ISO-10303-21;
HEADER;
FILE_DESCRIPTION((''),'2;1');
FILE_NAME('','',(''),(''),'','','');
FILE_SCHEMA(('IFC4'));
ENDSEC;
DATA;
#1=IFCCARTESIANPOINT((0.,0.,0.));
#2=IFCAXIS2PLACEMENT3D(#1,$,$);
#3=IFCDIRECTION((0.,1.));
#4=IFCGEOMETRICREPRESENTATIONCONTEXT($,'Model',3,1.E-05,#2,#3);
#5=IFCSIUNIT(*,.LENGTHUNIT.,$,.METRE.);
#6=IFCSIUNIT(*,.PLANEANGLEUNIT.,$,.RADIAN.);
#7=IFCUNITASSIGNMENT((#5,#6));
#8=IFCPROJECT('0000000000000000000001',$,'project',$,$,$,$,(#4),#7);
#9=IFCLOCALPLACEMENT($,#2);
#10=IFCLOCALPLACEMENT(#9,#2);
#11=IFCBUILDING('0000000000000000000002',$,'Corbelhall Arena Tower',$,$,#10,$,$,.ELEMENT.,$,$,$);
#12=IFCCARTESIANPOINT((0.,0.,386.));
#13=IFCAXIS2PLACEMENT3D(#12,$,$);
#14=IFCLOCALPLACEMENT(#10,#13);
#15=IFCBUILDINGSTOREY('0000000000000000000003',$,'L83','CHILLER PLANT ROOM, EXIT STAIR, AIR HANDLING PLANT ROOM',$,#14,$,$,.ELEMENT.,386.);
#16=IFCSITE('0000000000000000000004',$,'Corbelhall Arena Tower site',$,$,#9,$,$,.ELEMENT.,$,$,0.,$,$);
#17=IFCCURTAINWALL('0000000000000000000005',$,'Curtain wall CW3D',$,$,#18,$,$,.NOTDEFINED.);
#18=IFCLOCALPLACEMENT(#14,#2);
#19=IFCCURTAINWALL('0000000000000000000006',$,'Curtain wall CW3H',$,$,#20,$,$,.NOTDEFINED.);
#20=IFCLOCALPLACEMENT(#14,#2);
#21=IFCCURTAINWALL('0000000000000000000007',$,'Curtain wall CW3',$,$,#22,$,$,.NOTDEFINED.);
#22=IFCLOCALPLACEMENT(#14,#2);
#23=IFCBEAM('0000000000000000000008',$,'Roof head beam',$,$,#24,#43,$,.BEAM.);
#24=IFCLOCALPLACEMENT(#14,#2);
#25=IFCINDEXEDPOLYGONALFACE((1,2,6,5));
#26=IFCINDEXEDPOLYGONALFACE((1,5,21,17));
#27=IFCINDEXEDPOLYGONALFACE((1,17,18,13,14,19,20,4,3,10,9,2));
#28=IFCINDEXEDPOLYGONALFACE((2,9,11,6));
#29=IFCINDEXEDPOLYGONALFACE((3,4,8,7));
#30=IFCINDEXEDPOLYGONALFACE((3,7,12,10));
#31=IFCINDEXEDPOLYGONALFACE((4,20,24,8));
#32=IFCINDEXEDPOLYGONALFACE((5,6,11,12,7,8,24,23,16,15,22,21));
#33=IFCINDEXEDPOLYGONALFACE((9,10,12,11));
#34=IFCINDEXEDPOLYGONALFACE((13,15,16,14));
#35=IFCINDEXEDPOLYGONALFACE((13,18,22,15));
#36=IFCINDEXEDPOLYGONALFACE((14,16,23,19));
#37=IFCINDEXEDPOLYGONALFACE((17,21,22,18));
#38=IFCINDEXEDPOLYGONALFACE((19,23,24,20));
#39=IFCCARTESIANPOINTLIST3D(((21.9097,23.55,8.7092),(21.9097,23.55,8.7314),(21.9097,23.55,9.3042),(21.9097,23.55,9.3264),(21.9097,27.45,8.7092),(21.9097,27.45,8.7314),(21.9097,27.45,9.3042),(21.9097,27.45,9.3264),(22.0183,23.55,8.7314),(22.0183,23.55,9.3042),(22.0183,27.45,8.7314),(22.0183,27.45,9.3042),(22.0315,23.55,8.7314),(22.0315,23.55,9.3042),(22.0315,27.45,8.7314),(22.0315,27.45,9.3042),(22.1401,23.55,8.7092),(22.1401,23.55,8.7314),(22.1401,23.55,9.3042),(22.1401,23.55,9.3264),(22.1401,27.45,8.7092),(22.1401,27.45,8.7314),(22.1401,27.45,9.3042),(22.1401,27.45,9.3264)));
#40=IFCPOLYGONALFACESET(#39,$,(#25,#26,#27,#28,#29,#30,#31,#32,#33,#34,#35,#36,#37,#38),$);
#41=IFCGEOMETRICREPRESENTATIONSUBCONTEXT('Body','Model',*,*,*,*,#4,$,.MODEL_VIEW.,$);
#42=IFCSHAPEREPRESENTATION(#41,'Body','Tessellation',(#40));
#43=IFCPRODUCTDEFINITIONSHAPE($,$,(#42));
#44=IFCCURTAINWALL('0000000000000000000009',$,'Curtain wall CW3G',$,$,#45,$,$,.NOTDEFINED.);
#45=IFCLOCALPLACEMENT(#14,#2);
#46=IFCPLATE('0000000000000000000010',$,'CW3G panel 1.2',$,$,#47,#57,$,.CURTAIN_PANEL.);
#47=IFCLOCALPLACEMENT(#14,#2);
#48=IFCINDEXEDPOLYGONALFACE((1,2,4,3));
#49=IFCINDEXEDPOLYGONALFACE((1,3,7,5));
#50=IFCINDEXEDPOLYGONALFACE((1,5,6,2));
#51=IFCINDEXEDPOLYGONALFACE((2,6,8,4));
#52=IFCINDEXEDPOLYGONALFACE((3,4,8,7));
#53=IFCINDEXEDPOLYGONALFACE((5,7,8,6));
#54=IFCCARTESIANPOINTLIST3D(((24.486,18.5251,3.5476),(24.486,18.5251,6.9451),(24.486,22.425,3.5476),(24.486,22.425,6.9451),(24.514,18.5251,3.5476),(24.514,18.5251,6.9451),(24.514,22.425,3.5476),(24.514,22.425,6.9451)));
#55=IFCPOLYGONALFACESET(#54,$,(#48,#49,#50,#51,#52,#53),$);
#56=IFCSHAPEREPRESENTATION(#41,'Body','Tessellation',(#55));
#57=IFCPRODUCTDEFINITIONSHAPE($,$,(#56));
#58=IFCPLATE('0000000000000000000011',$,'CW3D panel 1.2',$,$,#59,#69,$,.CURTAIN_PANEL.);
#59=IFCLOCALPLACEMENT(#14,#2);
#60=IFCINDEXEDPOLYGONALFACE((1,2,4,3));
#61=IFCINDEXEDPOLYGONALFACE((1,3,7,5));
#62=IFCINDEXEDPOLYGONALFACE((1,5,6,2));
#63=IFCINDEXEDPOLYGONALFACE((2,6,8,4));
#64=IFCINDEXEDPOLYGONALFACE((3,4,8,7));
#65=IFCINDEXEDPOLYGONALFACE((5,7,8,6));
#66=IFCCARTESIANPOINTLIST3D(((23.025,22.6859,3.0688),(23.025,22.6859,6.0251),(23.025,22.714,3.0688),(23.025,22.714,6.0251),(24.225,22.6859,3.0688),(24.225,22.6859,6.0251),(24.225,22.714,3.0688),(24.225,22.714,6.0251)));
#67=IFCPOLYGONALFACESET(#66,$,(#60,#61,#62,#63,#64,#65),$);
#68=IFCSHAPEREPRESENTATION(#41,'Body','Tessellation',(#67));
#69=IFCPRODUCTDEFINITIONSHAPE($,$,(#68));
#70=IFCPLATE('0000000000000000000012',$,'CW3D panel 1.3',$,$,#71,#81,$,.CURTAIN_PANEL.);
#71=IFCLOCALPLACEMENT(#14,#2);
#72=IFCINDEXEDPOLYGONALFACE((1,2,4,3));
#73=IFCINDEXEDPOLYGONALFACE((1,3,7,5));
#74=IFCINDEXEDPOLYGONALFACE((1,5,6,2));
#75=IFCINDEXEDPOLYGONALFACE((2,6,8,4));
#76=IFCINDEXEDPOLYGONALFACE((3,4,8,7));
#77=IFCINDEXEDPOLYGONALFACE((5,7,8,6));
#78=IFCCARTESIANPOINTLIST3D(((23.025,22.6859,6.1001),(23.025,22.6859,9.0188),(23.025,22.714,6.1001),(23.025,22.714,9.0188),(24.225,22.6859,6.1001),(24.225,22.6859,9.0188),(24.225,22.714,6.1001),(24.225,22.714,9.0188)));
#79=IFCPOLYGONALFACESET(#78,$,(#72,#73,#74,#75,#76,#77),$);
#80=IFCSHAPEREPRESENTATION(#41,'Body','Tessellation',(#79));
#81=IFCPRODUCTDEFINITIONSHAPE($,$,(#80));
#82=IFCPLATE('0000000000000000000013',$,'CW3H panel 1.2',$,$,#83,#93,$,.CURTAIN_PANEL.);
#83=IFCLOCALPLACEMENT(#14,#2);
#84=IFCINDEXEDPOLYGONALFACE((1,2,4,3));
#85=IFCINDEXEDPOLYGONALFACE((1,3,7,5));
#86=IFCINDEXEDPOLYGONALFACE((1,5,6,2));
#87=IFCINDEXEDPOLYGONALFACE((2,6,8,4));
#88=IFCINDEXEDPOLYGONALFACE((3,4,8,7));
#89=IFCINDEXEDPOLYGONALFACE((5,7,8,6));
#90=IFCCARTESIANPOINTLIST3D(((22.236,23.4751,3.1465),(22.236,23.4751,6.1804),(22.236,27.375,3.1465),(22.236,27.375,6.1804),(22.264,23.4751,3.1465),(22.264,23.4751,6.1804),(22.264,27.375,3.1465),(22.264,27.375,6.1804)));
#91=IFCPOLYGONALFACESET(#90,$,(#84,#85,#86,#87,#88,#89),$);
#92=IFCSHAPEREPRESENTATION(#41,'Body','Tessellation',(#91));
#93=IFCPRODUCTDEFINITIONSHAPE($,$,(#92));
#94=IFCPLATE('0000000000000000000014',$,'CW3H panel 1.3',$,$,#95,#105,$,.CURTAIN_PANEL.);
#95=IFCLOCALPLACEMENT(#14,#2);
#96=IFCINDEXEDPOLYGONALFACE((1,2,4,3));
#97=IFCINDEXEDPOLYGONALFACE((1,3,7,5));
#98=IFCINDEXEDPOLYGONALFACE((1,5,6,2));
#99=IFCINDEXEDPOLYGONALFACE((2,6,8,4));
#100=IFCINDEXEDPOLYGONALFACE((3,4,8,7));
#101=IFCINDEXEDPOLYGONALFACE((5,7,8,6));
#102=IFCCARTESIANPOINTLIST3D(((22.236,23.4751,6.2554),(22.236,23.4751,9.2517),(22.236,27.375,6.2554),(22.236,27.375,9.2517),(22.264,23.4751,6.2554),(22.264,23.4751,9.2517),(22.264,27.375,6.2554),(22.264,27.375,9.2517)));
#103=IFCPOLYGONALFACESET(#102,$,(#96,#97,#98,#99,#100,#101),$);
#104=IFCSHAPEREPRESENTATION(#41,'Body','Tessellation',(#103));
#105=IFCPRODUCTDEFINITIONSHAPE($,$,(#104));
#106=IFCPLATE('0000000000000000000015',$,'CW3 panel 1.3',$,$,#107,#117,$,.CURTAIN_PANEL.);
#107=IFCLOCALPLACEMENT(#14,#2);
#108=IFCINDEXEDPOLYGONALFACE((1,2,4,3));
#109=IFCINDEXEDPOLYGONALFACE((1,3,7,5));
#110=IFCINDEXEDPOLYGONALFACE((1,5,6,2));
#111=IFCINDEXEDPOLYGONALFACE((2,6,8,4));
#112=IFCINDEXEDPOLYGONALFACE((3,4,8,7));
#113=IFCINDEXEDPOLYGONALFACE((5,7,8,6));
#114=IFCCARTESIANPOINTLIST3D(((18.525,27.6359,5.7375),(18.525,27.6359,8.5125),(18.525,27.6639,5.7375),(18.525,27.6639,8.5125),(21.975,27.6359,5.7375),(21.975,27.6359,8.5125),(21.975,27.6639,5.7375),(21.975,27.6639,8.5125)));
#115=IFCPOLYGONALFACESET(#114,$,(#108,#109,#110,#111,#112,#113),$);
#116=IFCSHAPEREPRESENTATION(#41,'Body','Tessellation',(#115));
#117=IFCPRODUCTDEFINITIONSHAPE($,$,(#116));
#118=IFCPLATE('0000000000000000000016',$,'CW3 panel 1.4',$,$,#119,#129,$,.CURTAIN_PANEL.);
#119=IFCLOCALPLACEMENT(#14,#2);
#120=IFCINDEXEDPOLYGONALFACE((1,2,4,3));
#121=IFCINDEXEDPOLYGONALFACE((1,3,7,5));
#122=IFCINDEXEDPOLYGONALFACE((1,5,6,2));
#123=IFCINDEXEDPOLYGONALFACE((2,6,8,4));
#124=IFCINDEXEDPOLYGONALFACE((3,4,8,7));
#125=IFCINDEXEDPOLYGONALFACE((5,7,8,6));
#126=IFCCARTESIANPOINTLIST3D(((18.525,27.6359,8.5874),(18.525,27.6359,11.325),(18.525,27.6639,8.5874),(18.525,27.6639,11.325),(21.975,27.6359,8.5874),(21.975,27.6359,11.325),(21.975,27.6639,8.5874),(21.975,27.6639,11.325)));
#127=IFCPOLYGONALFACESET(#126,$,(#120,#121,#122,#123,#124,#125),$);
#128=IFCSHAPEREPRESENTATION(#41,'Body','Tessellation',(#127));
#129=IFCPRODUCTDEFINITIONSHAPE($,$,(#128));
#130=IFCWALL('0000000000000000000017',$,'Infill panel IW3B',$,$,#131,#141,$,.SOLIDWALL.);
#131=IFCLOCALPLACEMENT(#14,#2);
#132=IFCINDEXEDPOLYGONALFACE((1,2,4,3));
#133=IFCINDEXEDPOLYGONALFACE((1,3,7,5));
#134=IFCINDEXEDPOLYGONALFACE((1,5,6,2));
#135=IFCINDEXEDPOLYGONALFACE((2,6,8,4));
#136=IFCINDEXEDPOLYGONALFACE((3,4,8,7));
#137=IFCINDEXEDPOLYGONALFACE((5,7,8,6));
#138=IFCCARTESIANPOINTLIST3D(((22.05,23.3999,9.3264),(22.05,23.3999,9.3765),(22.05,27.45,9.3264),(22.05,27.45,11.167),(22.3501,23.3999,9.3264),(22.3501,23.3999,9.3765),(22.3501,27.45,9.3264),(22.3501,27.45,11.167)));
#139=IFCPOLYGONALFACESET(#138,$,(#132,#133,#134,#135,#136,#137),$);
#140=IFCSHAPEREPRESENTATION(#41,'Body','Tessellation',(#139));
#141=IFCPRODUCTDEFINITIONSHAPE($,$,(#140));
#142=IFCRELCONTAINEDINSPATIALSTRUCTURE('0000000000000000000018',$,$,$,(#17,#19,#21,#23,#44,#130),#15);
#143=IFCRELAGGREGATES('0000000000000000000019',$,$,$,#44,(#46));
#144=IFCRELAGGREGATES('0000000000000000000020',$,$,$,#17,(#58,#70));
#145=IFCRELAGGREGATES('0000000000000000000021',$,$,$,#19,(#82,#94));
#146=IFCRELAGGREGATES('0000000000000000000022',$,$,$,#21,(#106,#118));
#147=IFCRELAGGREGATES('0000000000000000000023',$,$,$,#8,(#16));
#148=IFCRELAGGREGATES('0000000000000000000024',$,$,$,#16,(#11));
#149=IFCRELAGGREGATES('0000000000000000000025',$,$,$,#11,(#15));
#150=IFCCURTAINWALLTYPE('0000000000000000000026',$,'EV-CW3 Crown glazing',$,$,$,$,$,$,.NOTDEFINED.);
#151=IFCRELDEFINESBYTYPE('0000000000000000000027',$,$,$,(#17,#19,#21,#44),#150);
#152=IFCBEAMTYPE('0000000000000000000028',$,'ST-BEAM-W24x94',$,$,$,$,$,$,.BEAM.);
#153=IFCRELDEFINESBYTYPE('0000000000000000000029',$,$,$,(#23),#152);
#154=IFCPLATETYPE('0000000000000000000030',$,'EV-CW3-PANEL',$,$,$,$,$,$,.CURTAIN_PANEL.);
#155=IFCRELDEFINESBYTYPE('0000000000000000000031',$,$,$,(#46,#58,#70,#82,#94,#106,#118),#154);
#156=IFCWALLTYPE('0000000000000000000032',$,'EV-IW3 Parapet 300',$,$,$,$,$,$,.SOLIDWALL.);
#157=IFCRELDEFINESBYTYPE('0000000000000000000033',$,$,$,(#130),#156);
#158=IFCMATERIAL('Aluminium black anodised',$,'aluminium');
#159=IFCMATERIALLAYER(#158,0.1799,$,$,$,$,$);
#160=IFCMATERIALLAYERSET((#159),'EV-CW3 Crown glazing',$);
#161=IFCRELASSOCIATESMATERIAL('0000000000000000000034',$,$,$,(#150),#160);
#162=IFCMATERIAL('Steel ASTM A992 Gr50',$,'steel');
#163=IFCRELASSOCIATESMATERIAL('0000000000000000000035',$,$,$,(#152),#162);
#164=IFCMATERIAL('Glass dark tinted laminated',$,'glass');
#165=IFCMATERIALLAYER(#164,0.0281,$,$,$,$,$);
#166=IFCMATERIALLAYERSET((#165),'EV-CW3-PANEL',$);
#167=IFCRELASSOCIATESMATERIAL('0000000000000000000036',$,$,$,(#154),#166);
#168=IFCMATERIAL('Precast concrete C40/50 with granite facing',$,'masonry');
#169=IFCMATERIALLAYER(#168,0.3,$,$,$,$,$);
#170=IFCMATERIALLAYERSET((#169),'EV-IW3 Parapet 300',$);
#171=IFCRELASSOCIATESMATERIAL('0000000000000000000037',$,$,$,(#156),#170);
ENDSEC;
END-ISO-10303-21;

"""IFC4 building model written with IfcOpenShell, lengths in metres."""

from ifc_helpers import new_model, si_unit, direction, frame, origin, origin_2d, place, context, subcontext, project, spatial, polyline, rectangle, i_section, outline, extrude, material, layer, layer_set, material_profile, profile_set, type_object, element, aggregate, save


model = new_model("IFC4")

# Units and contexts
model_context = context("Model", 3, precision=1e-05, world=origin(), true_north=direction((0.0, 1.0)))
body_context = subcontext(model_context, "Body", "Model", "MODEL_VIEW")
ifc_project = project(units=[si_unit("LENGTHUNIT", "METRE"), si_unit("PLANEANGLEUNIT", "RADIAN")], contexts=[model_context])

# Site, building, storey
site_placement = place(None, origin())
site = spatial("IfcSite", under=ifc_project, at=site_placement, Name="Corbelhall Arena Tower site", CompositionType="ELEMENT", RefElevation=0.0)
building_placement = place(site_placement, origin())
building = spatial("IfcBuilding", under=site, at=building_placement, Name="Corbelhall Arena Tower", CompositionType="ELEMENT")
storey_placement = place(building_placement, frame((0.0, 0.0, 386.0)))
storey = spatial("IfcBuildingStorey", under=building, at=storey_placement, Name="L83", Description="CHILLER PLANT ROOM, EXIT STAIR, AIR HANDLING PLANT ROOM", CompositionType="ELEMENT", Elevation=386.0)

# Curtain walls
ifc_material_1 = material(Name="Aluminium black anodised", Category="aluminium")
ifc_layer_1 = layer(ifc_material_1, 0.1799)
ifc_layer_set_1 = layer_set([ifc_layer_1], Name="EV-CW3 Crown glazing")
curtain_wall_type = type_object("IfcCurtainWallType", Name="EV-CW3 Crown glazing", PredefinedType="NOTDEFINED", material=ifc_layer_set_1)
curtain_wall_1_placement = place(storey_placement, origin())
curtain_wall_1 = element("IfcCurtainWall", 1, at=curtain_wall_1_placement, inside=storey, type_object=curtain_wall_type, Name="Curtain wall CW3D", PredefinedType="NOTDEFINED")
curtain_wall_2_placement = place(storey_placement, origin())
curtain_wall_2 = element("IfcCurtainWall", 2, at=curtain_wall_2_placement, inside=storey, type_object=curtain_wall_type, Name="Curtain wall CW3H", PredefinedType="NOTDEFINED")
curtain_wall_3_placement = place(storey_placement, origin())
curtain_wall_3 = element("IfcCurtainWall", 3, at=curtain_wall_3_placement, inside=storey, type_object=curtain_wall_type, Name="Curtain wall CW3", PredefinedType="NOTDEFINED")

# Beam
ifc_material_2 = material(Name="Steel ASTM A992 Gr50", Category="steel")
ifc_material_profile_1 = material_profile(ifc_material_2, i_section(OverallWidth=0.2305, OverallDepth=0.6172, WebThickness=0.0132, FlangeThickness=0.0222, at=origin_2d()))
ifc_profile_set_1 = profile_set([ifc_material_profile_1], Name="Steel ASTM A992 Gr50")
beam_type = type_object("IfcBeamType", Name="ST-BEAM-W24x94", PredefinedType="BEAM", material=ifc_profile_set_1)
beam_placement = place(storey_placement, frame((22.0249, 23.55, 9.0178), z_axis=(0.0, 1.0, 0.0), x_axis=(-1.0, 0.0, 0.0)))
element("IfcBeam", 4, at=beam_placement, inside=storey, type_object=beam_type, Name="Roof head beam", PredefinedType="BEAM", context=body_context, shape_type="SweptSolid", body=[
    extrude(i_section(OverallWidth=0.2305, OverallDepth=0.6172, WebThickness=0.0132, FlangeThickness=0.0222, at=origin_2d()), origin(), (0.0, 0.0, 1.0), 3.8999),
])

# Curtain wall, plate
curtain_wall_4_placement = place(storey_placement, origin())
curtain_wall_4 = element("IfcCurtainWall", 5, at=curtain_wall_4_placement, inside=storey, type_object=curtain_wall_type, Name="Curtain wall CW3G", PredefinedType="NOTDEFINED")
ifc_material_3 = material(Name="Glass dark tinted laminated", Category="glass")
ifc_layer_2 = layer(ifc_material_3, 0.0281)
ifc_layer_set_2 = layer_set([ifc_layer_2], Name="EV-CW3-PANEL")
plate_type = type_object("IfcPlateType", Name="EV-CW3-PANEL", PredefinedType="CURTAIN_PANEL", material=ifc_layer_set_2)
plate_1_placement = place(storey_placement, frame((24.5, 20.4751, 3.5476), z_axis=(0.0, 0.0, 1.0), x_axis=(0.0, 1.0, 0.0)))
plate_1 = element("IfcPlate", 6, at=plate_1_placement, type_object=plate_type, Name="CW3G panel 1.2", PredefinedType="CURTAIN_PANEL", context=body_context, shape_type="SweptSolid", body=[
    extrude(rectangle(XDim=3.8999, YDim=0.0281, at=origin_2d()), origin(), (0.0, 0.0, 1.0), 3.3975),
])
aggregate(curtain_wall_4, [plate_1])

# Plates
plate_2_placement = place(storey_placement, frame((23.625, 22.7, 3.0688), z_axis=(0.0, 0.0, 1.0), x_axis=(-1.0, 0.0, 0.0)))
plate_2 = element("IfcPlate", 7, at=plate_2_placement, type_object=plate_type, Name="CW3D panel 1.2", PredefinedType="CURTAIN_PANEL", context=body_context, shape_type="SweptSolid", body=[
    extrude(rectangle(XDim=1.2, YDim=0.0281, at=origin_2d()), origin(), (0.0, 0.0, 1.0), 2.9563),
])
plate_3_placement = place(storey_placement, frame((23.625, 22.7, 6.1001), z_axis=(0.0, 0.0, 1.0), x_axis=(-1.0, 0.0, 0.0)))
plate_3 = element("IfcPlate", 8, at=plate_3_placement, type_object=plate_type, Name="CW3D panel 1.3", PredefinedType="CURTAIN_PANEL", context=body_context, shape_type="SweptSolid", body=[
    extrude(rectangle(XDim=1.2, YDim=0.0281, at=origin_2d()), origin(), (0.0, 0.0, 1.0), 2.9187),
])
aggregate(curtain_wall_1, [plate_2, plate_3])
plate_4_placement = place(storey_placement, frame((22.25, 25.425, 3.1465), z_axis=(0.0, 0.0, 1.0), x_axis=(0.0, 1.0, 0.0)))
plate_4 = element("IfcPlate", 9, at=plate_4_placement, type_object=plate_type, Name="CW3H panel 1.2", PredefinedType="CURTAIN_PANEL", context=body_context, shape_type="SweptSolid", body=[
    extrude(rectangle(XDim=3.8999, YDim=0.0281, at=origin_2d()), origin(), (0.0, 0.0, 1.0), 3.0339),
])
plate_5_placement = place(storey_placement, frame((22.25, 25.425, 6.2554), z_axis=(0.0, 0.0, 1.0), x_axis=(0.0, 1.0, 0.0)))
plate_5 = element("IfcPlate", 10, at=plate_5_placement, type_object=plate_type, Name="CW3H panel 1.3", PredefinedType="CURTAIN_PANEL", context=body_context, shape_type="SweptSolid", body=[
    extrude(rectangle(XDim=3.8999, YDim=0.0281, at=origin_2d()), origin(), (0.0, 0.0, 1.0), 2.9963),
])
aggregate(curtain_wall_2, [plate_4, plate_5])
plate_6_placement = place(storey_placement, frame((20.25, 27.6499, 5.7375), z_axis=(0.0, 0.0, 1.0), x_axis=(-1.0, 0.0, 0.0)))
plate_6 = element("IfcPlate", 11, at=plate_6_placement, type_object=plate_type, Name="CW3 panel 1.3", PredefinedType="CURTAIN_PANEL", context=body_context, shape_type="SweptSolid", body=[
    extrude(rectangle(XDim=3.45, YDim=0.0281, at=origin_2d()), origin(), (0.0, 0.0, 1.0), 2.7749),
])
plate_7_placement = place(storey_placement, frame((20.25, 27.6499, 8.5874), z_axis=(0.0, 0.0, 1.0), x_axis=(-1.0, 0.0, 0.0)))
plate_7 = element("IfcPlate", 12, at=plate_7_placement, type_object=plate_type, Name="CW3 panel 1.4", PredefinedType="CURTAIN_PANEL", context=body_context, shape_type="SweptSolid", body=[
    extrude(rectangle(XDim=3.45, YDim=0.0281, at=origin_2d()), origin(), (0.0, 0.0, 1.0), 2.7375),
])
aggregate(curtain_wall_3, [plate_6, plate_7])

# Wall
ifc_material_4 = material(Name="Precast concrete C40/50 with granite facing", Category="masonry")
ifc_layer_3 = layer(ifc_material_4, 0.3)
ifc_layer_set_3 = layer_set([ifc_layer_3], Name="EV-IW3 Parapet 300")
wall_type = type_object("IfcWallType", Name="EV-IW3 Parapet 300", PredefinedType="SOLIDWALL", material=ifc_layer_set_3)
wall_placement = place(storey_placement, frame((22.2, 23.3999, 9.3264), z_axis=(0.0, 0.0, 1.0), x_axis=(0.0, 1.0, 0.0)))
element("IfcWall", 13, at=wall_placement, inside=storey, type_object=wall_type, Name="Infill panel IW3B", PredefinedType="SOLIDWALL", context=body_context, shape_type="SweptSolid", body=[
    extrude(outline(polyline([(0.0, 0.0), (4.05, 0.0), (4.05, 1.8406), (0.0, 0.05), (0.0, 0.0)])), frame((0.0, 0.1499, 0.0), z_axis=(0.0, -1.0, 0.0), x_axis=(1.0, 0.0, 0.0)), (0.0, 0.0, 1.0), 0.3),
])

save(model, "model.ifc")
